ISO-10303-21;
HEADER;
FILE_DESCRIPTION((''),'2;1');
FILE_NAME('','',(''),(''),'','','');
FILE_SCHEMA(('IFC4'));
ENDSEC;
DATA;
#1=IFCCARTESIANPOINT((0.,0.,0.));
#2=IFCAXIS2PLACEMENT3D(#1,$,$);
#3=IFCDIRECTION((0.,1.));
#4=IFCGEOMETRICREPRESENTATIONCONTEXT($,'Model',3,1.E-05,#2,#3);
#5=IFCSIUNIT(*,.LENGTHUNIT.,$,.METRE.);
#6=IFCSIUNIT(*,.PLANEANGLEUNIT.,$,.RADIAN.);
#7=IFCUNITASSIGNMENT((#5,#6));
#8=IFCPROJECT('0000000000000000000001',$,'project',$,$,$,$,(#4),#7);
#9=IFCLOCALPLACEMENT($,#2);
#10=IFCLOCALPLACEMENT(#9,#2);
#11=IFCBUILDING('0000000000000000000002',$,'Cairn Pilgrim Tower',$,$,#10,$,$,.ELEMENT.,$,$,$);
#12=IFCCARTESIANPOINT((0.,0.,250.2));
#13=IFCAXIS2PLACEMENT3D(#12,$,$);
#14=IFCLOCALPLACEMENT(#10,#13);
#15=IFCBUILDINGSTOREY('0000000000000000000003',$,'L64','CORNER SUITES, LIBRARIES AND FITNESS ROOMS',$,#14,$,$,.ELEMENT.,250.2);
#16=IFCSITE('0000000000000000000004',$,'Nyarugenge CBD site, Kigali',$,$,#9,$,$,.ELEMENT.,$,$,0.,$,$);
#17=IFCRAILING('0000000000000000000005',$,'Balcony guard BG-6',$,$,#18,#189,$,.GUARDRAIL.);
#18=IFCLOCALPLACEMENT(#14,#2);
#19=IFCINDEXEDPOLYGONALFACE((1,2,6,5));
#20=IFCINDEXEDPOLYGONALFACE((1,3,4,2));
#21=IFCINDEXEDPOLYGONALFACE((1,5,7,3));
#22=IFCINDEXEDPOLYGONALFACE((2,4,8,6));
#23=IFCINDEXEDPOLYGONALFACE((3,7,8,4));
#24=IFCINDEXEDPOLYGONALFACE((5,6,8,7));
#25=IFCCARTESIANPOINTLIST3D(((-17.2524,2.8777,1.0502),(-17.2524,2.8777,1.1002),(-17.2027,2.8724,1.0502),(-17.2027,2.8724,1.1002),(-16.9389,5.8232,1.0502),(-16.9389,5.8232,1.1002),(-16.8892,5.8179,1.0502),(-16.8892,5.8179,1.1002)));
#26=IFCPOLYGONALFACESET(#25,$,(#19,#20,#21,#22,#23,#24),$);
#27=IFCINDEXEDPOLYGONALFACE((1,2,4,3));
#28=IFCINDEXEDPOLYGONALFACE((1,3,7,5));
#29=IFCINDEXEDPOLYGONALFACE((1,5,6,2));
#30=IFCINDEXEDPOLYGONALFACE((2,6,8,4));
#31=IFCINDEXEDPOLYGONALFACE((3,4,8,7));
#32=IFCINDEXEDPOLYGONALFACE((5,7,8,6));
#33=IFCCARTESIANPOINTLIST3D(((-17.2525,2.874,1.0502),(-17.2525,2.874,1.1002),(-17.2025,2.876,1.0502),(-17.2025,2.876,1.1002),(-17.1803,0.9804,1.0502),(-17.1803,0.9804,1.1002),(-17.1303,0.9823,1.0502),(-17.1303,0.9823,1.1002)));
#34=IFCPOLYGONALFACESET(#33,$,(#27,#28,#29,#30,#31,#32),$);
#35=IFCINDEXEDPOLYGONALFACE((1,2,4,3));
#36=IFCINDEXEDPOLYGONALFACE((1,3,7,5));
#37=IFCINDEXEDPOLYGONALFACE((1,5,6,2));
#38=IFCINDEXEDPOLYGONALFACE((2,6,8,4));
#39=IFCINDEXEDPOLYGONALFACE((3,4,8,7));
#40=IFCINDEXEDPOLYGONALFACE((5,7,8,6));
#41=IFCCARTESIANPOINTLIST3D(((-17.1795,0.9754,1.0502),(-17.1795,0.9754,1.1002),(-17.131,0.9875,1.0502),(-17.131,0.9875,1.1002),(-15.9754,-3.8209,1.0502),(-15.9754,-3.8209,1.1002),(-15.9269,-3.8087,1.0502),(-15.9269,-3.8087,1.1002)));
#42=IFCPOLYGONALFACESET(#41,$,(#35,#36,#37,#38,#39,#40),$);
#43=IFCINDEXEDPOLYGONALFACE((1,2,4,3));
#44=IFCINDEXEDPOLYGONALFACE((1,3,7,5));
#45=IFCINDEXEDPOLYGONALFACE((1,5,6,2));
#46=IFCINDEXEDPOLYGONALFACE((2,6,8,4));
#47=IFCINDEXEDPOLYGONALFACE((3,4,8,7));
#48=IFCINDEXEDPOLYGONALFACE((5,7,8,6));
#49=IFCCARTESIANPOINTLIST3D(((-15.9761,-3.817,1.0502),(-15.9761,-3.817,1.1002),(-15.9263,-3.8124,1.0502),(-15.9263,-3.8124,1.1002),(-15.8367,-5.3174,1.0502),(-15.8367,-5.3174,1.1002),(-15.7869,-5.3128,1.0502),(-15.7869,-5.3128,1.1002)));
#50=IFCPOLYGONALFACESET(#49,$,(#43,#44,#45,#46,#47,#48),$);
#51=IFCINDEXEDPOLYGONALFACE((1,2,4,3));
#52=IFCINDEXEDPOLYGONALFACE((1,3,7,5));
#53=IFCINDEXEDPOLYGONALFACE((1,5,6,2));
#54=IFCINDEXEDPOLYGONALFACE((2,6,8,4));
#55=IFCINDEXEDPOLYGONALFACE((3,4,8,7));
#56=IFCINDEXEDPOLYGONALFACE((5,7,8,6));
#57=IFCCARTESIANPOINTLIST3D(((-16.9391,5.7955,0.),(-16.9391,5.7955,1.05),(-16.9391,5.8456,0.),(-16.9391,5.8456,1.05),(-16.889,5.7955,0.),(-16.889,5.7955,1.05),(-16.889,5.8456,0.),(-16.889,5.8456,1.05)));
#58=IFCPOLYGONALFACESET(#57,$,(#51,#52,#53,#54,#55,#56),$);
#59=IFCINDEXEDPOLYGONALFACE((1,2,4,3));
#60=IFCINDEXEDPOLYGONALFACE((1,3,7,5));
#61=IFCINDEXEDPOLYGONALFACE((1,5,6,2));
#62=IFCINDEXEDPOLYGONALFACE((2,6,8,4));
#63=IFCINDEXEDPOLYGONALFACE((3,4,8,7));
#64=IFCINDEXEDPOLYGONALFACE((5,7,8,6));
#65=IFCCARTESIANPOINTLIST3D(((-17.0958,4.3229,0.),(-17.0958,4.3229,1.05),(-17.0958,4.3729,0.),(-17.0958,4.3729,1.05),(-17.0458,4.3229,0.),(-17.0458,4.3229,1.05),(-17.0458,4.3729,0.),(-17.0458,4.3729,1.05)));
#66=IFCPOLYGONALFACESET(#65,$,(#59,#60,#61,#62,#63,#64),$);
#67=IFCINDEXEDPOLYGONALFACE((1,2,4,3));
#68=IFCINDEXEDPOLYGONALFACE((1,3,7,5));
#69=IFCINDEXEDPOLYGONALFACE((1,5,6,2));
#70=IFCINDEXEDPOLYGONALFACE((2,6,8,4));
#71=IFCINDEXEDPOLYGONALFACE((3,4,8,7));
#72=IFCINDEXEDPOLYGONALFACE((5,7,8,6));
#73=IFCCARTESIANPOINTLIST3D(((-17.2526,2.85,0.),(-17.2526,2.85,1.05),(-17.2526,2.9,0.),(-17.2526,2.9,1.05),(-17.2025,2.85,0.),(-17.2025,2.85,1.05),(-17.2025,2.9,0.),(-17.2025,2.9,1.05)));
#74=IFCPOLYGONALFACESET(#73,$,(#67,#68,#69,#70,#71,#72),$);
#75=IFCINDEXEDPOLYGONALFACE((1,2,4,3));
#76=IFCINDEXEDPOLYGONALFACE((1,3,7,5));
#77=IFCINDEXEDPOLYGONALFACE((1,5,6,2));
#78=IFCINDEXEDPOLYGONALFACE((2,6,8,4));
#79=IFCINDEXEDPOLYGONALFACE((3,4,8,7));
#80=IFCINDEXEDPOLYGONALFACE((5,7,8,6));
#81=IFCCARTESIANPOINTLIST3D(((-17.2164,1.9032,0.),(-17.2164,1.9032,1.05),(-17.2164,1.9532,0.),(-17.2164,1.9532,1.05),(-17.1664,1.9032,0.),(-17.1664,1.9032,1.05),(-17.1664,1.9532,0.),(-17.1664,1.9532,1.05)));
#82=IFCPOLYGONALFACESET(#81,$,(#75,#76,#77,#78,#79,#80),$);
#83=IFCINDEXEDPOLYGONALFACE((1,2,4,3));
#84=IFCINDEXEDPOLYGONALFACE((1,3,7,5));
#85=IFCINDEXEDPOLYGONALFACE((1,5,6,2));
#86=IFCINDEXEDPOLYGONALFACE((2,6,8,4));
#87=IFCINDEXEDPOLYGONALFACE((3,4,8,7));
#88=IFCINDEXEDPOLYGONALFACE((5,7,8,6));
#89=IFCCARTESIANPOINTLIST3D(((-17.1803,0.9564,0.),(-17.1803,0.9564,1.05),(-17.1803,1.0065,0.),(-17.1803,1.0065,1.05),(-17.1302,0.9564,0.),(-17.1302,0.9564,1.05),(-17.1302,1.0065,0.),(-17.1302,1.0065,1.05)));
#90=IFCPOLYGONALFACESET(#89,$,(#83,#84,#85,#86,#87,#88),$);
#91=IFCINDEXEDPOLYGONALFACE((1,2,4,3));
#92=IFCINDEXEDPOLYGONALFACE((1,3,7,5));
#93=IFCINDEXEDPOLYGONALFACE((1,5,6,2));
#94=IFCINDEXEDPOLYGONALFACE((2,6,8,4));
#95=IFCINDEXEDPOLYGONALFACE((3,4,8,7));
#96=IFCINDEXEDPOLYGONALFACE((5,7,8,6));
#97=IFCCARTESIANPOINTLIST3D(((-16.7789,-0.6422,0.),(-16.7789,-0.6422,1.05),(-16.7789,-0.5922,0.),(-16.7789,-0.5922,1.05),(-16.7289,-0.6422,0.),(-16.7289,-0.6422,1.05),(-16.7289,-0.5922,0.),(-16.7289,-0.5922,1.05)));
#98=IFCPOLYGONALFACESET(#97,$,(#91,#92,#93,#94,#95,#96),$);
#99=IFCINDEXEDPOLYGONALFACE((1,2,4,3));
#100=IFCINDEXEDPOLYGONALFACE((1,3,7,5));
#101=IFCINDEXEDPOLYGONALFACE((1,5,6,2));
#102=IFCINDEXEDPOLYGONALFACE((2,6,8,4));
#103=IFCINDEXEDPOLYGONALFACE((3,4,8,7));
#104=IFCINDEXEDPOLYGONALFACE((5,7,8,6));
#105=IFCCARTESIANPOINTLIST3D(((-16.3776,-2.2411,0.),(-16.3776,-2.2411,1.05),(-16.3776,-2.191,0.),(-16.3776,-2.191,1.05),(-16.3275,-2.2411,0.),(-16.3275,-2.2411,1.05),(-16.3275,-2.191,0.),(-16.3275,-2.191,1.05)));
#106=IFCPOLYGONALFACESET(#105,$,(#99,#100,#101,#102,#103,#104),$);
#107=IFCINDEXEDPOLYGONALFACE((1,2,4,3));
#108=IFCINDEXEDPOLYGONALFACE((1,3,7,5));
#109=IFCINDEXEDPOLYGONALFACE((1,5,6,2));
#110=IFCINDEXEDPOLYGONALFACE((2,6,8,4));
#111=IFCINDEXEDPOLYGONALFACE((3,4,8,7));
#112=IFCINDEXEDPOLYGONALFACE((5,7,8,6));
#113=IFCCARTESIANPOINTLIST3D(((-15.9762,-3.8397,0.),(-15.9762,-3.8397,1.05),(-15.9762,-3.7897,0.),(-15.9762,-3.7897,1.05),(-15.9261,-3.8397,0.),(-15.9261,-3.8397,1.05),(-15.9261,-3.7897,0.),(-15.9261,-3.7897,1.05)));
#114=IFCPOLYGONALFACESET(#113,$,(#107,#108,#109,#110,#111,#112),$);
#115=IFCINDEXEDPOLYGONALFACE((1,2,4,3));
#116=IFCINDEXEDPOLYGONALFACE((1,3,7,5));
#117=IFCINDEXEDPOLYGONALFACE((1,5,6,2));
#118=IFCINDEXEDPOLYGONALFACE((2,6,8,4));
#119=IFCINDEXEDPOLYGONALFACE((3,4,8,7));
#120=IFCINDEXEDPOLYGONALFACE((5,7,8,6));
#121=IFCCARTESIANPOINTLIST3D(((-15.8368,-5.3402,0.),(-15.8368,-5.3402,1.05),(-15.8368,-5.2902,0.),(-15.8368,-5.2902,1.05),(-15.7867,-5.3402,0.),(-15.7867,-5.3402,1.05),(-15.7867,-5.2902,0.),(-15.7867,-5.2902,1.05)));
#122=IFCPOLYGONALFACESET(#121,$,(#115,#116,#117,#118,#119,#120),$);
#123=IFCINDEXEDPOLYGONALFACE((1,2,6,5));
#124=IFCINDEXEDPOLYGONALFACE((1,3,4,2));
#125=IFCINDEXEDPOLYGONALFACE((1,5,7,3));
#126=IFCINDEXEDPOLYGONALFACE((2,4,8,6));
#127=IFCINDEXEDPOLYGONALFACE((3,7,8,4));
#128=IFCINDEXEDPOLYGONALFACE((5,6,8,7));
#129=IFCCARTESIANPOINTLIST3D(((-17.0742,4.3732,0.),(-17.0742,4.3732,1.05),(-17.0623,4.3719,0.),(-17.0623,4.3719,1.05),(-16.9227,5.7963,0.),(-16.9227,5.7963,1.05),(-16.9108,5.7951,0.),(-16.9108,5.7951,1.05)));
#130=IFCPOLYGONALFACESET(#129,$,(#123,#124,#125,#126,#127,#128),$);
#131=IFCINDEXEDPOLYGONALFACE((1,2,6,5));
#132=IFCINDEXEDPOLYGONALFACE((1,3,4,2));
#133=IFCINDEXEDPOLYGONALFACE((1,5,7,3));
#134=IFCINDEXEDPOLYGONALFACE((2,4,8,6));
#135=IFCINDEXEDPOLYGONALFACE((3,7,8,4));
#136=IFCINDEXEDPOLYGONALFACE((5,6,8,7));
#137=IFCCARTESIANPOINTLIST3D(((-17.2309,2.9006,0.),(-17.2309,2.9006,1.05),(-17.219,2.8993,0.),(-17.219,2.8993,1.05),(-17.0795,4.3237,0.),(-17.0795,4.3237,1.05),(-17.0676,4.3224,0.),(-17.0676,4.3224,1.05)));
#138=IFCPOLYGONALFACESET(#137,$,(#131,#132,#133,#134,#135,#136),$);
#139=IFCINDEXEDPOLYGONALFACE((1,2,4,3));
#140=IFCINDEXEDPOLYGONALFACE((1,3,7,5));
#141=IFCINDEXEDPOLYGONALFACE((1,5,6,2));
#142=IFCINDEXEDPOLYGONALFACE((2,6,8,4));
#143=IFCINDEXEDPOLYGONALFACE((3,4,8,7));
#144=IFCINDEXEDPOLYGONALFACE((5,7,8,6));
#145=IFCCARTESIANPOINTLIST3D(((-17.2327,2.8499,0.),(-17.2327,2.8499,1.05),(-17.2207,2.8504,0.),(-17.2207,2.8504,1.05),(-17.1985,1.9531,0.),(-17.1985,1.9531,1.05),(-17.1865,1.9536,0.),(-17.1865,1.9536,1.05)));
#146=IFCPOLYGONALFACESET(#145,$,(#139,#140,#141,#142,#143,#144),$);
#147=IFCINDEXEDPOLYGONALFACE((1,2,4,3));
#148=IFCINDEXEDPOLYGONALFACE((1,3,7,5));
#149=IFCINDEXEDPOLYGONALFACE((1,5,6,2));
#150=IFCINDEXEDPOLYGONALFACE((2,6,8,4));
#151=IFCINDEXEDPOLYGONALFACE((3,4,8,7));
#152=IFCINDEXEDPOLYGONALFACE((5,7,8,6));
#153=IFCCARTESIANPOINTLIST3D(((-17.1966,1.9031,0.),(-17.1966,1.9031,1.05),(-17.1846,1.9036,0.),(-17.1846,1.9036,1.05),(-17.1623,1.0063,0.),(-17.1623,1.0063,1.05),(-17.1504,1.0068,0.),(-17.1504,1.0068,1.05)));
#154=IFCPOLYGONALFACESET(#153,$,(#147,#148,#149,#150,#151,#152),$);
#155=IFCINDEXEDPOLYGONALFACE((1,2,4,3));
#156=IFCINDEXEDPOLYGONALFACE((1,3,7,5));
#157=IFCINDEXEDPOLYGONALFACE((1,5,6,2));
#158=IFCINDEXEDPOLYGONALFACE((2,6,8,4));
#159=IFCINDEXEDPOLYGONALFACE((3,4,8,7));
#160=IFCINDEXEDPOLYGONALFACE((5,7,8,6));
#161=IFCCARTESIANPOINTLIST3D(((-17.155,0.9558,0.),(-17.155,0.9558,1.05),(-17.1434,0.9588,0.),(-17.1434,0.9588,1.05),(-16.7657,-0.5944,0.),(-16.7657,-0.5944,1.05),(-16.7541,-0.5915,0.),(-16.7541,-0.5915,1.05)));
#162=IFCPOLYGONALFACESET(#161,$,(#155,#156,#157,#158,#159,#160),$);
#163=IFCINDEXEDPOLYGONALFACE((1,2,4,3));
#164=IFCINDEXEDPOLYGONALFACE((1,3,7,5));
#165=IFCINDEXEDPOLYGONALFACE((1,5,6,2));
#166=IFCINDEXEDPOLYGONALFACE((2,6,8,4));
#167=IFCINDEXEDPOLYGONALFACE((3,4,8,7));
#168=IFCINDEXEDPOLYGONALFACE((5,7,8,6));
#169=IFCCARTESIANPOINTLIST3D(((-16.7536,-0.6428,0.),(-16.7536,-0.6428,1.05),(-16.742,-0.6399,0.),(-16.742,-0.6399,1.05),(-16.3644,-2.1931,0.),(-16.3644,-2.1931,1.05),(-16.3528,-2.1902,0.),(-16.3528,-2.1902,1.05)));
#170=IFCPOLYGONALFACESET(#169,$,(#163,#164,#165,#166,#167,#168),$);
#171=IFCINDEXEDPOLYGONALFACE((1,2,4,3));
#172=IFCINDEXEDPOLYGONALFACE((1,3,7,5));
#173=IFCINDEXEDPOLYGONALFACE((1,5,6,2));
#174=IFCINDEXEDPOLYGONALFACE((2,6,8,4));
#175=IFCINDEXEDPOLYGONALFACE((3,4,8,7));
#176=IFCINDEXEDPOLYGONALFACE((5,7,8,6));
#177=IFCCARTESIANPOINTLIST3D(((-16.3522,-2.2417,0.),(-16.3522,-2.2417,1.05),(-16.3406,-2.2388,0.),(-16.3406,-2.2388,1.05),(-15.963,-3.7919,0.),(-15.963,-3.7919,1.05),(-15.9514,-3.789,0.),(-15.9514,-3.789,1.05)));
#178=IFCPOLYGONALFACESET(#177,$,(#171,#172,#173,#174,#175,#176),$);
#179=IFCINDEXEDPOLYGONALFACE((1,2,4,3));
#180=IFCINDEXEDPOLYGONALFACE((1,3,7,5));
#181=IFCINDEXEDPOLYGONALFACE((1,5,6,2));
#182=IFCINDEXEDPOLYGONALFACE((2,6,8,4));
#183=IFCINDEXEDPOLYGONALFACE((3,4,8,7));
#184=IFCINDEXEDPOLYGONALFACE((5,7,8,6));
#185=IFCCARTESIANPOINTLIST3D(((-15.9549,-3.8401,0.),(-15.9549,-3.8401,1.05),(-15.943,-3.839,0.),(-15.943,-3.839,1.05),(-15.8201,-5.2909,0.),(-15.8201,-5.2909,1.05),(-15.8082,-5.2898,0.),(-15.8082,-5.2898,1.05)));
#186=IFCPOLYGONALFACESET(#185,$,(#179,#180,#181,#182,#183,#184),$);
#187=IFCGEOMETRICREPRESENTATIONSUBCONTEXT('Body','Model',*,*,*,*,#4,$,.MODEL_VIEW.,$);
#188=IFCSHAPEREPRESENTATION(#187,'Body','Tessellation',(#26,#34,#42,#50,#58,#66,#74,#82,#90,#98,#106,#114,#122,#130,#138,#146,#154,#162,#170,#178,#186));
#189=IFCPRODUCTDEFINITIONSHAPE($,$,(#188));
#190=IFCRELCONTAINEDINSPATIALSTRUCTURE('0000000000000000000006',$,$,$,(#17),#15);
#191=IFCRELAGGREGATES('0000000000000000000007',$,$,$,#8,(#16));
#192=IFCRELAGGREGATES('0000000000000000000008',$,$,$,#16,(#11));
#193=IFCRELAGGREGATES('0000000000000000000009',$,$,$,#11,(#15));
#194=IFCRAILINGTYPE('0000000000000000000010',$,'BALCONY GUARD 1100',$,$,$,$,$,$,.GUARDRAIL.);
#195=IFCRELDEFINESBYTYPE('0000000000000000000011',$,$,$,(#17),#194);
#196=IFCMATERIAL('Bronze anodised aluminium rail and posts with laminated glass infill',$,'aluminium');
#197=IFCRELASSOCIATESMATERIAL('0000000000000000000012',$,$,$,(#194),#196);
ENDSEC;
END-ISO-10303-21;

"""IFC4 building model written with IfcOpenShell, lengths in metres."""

from ifc_helpers import new_model, si_unit, direction, frame, origin, origin_2d, place, context, subcontext, project, spatial, polyline, rectangle, outline, extrude, material, type_object, element, save


model = new_model("IFC4")

# Units and contexts
model_context = context("Model", 3, precision=1e-05, world=origin(), true_north=direction((0.0, 1.0)))
body_context = subcontext(model_context, "Body", "Model", "MODEL_VIEW")
ifc_project = project(units=[si_unit("LENGTHUNIT", "METRE"), si_unit("PLANEANGLEUNIT", "RADIAN")], contexts=[model_context])

# Site, building, storey
site_placement = place(None, origin())
site = spatial("IfcSite", under=ifc_project, at=site_placement, Name="Nyarugenge CBD site, Kigali", CompositionType="ELEMENT", RefElevation=0.0)
building_placement = place(site_placement, origin())
building = spatial("IfcBuilding", under=site, at=building_placement, Name="Cairn Pilgrim Tower", CompositionType="ELEMENT")
storey_placement = place(building_placement, frame((0.0, 0.0, 250.2)))
storey = spatial("IfcBuildingStorey", under=building, at=storey_placement, Name="L64", Description="CORNER SUITES, LIBRARIES AND FITNESS ROOMS", CompositionType="ELEMENT", Elevation=250.2)

# Railing
ifc_material_1 = material(Name="Bronze anodised aluminium rail and posts with laminated glass infill", Category="aluminium")
railing_type = type_object("IfcRailingType", Name="BALCONY GUARD 1100", PredefinedType="GUARDRAIL", material=ifc_material_1)
railing_placement = place(storey_placement, frame((-16.9141, 5.8206, 0.0)))
element("IfcRailing", 1, at=railing_placement, inside=storey, type_object=railing_type, Name="Balcony guard BG-6", PredefinedType="GUARDRAIL", context=body_context, shape_type="SweptSolid", body=[
    extrude(rectangle(XDim=0.05, YDim=0.05, at=origin_2d()), frame((0.0, 0.0, 1.0752), z_axis=(-0.105826, -0.994385, 0.0), x_axis=(0.994385, -0.105826, 0.0)), (0.0, 0.0, 1.0), 2.9622),
    extrude(rectangle(XDim=0.05, YDim=0.05, at=origin_2d()), frame((-0.3135, -2.9456, 1.0752), z_axis=(0.038136, -0.999273, 0.0), x_axis=(0.999273, 0.038136, 0.0)), (0.0, 0.0, 1.0), 1.895),
    extrude(rectangle(XDim=0.05, YDim=0.05, at=origin_2d()), frame((-0.2412, -4.8391, 1.0752), z_axis=(0.2435, -0.969901, 0.0), x_axis=(0.969901, 0.2435, 0.0)), (0.0, 0.0, 1.0), 4.9451),
    extrude(rectangle(XDim=0.05, YDim=0.05, at=origin_2d()), frame((0.9629, -9.6353, 1.0752), z_axis=(0.092508, -0.995712, 0.0), x_axis=(0.995712, 0.092508, 0.0)), (0.0, 0.0, 1.0), 1.5068),
    extrude(rectangle(XDim=0.05, YDim=0.05, at=origin_2d()), origin(), (0.0, 0.0, 1.0), 1.05),
    extrude(rectangle(XDim=0.05, YDim=0.05, at=origin_2d()), frame((-0.1567, -1.4727, 0.0)), (0.0, 0.0, 1.0), 1.05),
    extrude(rectangle(XDim=0.05, YDim=0.05, at=origin_2d()), frame((-0.3135, -2.9456, 0.0)), (0.0, 0.0, 1.0), 1.05),
    extrude(rectangle(XDim=0.05, YDim=0.05, at=origin_2d()), frame((-0.2773, -3.8923, 0.0)), (0.0, 0.0, 1.0), 1.05),
    extrude(rectangle(XDim=0.05, YDim=0.05, at=origin_2d()), frame((-0.2412, -4.8391, 0.0)), (0.0, 0.0, 1.0), 1.05),
    extrude(rectangle(XDim=0.05, YDim=0.05, at=origin_2d()), frame((0.1602, -6.4377, 0.0)), (0.0, 0.0, 1.0), 1.05),
    extrude(rectangle(XDim=0.05, YDim=0.05, at=origin_2d()), frame((0.5615, -8.0366, 0.0)), (0.0, 0.0, 1.0), 1.05),
    extrude(rectangle(XDim=0.05, YDim=0.05, at=origin_2d()), frame((0.9629, -9.6353, 0.0)), (0.0, 0.0, 1.0), 1.05),
    extrude(rectangle(XDim=0.05, YDim=0.05, at=origin_2d()), frame((1.1023, -11.1357, 0.0)), (0.0, 0.0, 1.0), 1.05),
    extrude(outline(polyline([(0.0249, 0.0), (1.4561, 0.0), (1.4561, 1.05), (0.0249, 1.05), (0.0249, 0.0)])), frame((0.0059, -0.0007, 0.0), z_axis=(-0.994385, 0.105826, 0.0), x_axis=(-0.105826, -0.994385, 0.0)), (0.0, 0.0, 1.0), 0.012),
    extrude(outline(polyline([(0.0249, 0.0), (1.4561, 0.0), (1.4561, 1.05), (0.0249, 1.05), (0.0249, 0.0)])), frame((-0.1509, -1.4734, 0.0), z_axis=(-0.994385, 0.105826, 0.0), x_axis=(-0.105826, -0.994385, 0.0)), (0.0, 0.0, 1.0), 0.012),
    extrude(outline(polyline([(0.0249, 0.0), (0.9224, 0.0), (0.9224, 1.05), (0.0249, 1.05), (0.0249, 0.0)])), frame((-0.3076, -2.9453, 0.0), z_axis=(-0.999273, -0.038136, 0.0), x_axis=(0.038136, -0.999273, 0.0)), (0.0, 0.0, 1.0), 0.012),
    extrude(outline(polyline([(0.0249, 0.0), (0.9224, 0.0), (0.9224, 1.05), (0.0249, 1.05), (0.0249, 0.0)])), frame((-0.2715, -3.8921, 0.0), z_axis=(-0.999273, -0.038136, 0.0), x_axis=(0.038136, -0.999273, 0.0)), (0.0, 0.0, 1.0), 0.012),
    extrude(outline(polyline([(0.0249, 0.0), (1.6233, 0.0), (1.6233, 1.05), (0.0249, 1.05), (0.0249, 0.0)])), frame((-0.2354, -4.8376, 0.0), z_axis=(-0.969901, -0.2435, 0.0), x_axis=(0.2435, -0.969901, 0.0)), (0.0, 0.0, 1.0), 0.012),
    extrude(outline(polyline([(0.0249, 0.0), (1.6233, 0.0), (1.6233, 1.05), (0.0249, 1.05), (0.0249, 0.0)])), frame((0.166, -6.4363, 0.0), z_axis=(-0.969901, -0.2435, 0.0), x_axis=(0.2435, -0.969901, 0.0)), (0.0, 0.0, 1.0), 0.012),
    extrude(outline(polyline([(0.0249, 0.0), (1.6233, 0.0), (1.6233, 1.05), (0.0249, 1.05), (0.0249, 0.0)])), frame((0.5674, -8.0352, 0.0), z_axis=(-0.969901, -0.2435, 0.0), x_axis=(0.2435, -0.969901, 0.0)), (0.0, 0.0, 1.0), 0.012),
    extrude(outline(polyline([(0.0249, 0.0), (1.4819, 0.0), (1.4819, 1.05), (0.0249, 1.05), (0.0249, 0.0)])), frame((0.9688, -9.6348, 0.0), z_axis=(-0.995712, -0.092508, 0.0), x_axis=(0.092508, -0.995712, 0.0)), (0.0, 0.0, 1.0), 0.012),
])

save(model, "model.ifc")
